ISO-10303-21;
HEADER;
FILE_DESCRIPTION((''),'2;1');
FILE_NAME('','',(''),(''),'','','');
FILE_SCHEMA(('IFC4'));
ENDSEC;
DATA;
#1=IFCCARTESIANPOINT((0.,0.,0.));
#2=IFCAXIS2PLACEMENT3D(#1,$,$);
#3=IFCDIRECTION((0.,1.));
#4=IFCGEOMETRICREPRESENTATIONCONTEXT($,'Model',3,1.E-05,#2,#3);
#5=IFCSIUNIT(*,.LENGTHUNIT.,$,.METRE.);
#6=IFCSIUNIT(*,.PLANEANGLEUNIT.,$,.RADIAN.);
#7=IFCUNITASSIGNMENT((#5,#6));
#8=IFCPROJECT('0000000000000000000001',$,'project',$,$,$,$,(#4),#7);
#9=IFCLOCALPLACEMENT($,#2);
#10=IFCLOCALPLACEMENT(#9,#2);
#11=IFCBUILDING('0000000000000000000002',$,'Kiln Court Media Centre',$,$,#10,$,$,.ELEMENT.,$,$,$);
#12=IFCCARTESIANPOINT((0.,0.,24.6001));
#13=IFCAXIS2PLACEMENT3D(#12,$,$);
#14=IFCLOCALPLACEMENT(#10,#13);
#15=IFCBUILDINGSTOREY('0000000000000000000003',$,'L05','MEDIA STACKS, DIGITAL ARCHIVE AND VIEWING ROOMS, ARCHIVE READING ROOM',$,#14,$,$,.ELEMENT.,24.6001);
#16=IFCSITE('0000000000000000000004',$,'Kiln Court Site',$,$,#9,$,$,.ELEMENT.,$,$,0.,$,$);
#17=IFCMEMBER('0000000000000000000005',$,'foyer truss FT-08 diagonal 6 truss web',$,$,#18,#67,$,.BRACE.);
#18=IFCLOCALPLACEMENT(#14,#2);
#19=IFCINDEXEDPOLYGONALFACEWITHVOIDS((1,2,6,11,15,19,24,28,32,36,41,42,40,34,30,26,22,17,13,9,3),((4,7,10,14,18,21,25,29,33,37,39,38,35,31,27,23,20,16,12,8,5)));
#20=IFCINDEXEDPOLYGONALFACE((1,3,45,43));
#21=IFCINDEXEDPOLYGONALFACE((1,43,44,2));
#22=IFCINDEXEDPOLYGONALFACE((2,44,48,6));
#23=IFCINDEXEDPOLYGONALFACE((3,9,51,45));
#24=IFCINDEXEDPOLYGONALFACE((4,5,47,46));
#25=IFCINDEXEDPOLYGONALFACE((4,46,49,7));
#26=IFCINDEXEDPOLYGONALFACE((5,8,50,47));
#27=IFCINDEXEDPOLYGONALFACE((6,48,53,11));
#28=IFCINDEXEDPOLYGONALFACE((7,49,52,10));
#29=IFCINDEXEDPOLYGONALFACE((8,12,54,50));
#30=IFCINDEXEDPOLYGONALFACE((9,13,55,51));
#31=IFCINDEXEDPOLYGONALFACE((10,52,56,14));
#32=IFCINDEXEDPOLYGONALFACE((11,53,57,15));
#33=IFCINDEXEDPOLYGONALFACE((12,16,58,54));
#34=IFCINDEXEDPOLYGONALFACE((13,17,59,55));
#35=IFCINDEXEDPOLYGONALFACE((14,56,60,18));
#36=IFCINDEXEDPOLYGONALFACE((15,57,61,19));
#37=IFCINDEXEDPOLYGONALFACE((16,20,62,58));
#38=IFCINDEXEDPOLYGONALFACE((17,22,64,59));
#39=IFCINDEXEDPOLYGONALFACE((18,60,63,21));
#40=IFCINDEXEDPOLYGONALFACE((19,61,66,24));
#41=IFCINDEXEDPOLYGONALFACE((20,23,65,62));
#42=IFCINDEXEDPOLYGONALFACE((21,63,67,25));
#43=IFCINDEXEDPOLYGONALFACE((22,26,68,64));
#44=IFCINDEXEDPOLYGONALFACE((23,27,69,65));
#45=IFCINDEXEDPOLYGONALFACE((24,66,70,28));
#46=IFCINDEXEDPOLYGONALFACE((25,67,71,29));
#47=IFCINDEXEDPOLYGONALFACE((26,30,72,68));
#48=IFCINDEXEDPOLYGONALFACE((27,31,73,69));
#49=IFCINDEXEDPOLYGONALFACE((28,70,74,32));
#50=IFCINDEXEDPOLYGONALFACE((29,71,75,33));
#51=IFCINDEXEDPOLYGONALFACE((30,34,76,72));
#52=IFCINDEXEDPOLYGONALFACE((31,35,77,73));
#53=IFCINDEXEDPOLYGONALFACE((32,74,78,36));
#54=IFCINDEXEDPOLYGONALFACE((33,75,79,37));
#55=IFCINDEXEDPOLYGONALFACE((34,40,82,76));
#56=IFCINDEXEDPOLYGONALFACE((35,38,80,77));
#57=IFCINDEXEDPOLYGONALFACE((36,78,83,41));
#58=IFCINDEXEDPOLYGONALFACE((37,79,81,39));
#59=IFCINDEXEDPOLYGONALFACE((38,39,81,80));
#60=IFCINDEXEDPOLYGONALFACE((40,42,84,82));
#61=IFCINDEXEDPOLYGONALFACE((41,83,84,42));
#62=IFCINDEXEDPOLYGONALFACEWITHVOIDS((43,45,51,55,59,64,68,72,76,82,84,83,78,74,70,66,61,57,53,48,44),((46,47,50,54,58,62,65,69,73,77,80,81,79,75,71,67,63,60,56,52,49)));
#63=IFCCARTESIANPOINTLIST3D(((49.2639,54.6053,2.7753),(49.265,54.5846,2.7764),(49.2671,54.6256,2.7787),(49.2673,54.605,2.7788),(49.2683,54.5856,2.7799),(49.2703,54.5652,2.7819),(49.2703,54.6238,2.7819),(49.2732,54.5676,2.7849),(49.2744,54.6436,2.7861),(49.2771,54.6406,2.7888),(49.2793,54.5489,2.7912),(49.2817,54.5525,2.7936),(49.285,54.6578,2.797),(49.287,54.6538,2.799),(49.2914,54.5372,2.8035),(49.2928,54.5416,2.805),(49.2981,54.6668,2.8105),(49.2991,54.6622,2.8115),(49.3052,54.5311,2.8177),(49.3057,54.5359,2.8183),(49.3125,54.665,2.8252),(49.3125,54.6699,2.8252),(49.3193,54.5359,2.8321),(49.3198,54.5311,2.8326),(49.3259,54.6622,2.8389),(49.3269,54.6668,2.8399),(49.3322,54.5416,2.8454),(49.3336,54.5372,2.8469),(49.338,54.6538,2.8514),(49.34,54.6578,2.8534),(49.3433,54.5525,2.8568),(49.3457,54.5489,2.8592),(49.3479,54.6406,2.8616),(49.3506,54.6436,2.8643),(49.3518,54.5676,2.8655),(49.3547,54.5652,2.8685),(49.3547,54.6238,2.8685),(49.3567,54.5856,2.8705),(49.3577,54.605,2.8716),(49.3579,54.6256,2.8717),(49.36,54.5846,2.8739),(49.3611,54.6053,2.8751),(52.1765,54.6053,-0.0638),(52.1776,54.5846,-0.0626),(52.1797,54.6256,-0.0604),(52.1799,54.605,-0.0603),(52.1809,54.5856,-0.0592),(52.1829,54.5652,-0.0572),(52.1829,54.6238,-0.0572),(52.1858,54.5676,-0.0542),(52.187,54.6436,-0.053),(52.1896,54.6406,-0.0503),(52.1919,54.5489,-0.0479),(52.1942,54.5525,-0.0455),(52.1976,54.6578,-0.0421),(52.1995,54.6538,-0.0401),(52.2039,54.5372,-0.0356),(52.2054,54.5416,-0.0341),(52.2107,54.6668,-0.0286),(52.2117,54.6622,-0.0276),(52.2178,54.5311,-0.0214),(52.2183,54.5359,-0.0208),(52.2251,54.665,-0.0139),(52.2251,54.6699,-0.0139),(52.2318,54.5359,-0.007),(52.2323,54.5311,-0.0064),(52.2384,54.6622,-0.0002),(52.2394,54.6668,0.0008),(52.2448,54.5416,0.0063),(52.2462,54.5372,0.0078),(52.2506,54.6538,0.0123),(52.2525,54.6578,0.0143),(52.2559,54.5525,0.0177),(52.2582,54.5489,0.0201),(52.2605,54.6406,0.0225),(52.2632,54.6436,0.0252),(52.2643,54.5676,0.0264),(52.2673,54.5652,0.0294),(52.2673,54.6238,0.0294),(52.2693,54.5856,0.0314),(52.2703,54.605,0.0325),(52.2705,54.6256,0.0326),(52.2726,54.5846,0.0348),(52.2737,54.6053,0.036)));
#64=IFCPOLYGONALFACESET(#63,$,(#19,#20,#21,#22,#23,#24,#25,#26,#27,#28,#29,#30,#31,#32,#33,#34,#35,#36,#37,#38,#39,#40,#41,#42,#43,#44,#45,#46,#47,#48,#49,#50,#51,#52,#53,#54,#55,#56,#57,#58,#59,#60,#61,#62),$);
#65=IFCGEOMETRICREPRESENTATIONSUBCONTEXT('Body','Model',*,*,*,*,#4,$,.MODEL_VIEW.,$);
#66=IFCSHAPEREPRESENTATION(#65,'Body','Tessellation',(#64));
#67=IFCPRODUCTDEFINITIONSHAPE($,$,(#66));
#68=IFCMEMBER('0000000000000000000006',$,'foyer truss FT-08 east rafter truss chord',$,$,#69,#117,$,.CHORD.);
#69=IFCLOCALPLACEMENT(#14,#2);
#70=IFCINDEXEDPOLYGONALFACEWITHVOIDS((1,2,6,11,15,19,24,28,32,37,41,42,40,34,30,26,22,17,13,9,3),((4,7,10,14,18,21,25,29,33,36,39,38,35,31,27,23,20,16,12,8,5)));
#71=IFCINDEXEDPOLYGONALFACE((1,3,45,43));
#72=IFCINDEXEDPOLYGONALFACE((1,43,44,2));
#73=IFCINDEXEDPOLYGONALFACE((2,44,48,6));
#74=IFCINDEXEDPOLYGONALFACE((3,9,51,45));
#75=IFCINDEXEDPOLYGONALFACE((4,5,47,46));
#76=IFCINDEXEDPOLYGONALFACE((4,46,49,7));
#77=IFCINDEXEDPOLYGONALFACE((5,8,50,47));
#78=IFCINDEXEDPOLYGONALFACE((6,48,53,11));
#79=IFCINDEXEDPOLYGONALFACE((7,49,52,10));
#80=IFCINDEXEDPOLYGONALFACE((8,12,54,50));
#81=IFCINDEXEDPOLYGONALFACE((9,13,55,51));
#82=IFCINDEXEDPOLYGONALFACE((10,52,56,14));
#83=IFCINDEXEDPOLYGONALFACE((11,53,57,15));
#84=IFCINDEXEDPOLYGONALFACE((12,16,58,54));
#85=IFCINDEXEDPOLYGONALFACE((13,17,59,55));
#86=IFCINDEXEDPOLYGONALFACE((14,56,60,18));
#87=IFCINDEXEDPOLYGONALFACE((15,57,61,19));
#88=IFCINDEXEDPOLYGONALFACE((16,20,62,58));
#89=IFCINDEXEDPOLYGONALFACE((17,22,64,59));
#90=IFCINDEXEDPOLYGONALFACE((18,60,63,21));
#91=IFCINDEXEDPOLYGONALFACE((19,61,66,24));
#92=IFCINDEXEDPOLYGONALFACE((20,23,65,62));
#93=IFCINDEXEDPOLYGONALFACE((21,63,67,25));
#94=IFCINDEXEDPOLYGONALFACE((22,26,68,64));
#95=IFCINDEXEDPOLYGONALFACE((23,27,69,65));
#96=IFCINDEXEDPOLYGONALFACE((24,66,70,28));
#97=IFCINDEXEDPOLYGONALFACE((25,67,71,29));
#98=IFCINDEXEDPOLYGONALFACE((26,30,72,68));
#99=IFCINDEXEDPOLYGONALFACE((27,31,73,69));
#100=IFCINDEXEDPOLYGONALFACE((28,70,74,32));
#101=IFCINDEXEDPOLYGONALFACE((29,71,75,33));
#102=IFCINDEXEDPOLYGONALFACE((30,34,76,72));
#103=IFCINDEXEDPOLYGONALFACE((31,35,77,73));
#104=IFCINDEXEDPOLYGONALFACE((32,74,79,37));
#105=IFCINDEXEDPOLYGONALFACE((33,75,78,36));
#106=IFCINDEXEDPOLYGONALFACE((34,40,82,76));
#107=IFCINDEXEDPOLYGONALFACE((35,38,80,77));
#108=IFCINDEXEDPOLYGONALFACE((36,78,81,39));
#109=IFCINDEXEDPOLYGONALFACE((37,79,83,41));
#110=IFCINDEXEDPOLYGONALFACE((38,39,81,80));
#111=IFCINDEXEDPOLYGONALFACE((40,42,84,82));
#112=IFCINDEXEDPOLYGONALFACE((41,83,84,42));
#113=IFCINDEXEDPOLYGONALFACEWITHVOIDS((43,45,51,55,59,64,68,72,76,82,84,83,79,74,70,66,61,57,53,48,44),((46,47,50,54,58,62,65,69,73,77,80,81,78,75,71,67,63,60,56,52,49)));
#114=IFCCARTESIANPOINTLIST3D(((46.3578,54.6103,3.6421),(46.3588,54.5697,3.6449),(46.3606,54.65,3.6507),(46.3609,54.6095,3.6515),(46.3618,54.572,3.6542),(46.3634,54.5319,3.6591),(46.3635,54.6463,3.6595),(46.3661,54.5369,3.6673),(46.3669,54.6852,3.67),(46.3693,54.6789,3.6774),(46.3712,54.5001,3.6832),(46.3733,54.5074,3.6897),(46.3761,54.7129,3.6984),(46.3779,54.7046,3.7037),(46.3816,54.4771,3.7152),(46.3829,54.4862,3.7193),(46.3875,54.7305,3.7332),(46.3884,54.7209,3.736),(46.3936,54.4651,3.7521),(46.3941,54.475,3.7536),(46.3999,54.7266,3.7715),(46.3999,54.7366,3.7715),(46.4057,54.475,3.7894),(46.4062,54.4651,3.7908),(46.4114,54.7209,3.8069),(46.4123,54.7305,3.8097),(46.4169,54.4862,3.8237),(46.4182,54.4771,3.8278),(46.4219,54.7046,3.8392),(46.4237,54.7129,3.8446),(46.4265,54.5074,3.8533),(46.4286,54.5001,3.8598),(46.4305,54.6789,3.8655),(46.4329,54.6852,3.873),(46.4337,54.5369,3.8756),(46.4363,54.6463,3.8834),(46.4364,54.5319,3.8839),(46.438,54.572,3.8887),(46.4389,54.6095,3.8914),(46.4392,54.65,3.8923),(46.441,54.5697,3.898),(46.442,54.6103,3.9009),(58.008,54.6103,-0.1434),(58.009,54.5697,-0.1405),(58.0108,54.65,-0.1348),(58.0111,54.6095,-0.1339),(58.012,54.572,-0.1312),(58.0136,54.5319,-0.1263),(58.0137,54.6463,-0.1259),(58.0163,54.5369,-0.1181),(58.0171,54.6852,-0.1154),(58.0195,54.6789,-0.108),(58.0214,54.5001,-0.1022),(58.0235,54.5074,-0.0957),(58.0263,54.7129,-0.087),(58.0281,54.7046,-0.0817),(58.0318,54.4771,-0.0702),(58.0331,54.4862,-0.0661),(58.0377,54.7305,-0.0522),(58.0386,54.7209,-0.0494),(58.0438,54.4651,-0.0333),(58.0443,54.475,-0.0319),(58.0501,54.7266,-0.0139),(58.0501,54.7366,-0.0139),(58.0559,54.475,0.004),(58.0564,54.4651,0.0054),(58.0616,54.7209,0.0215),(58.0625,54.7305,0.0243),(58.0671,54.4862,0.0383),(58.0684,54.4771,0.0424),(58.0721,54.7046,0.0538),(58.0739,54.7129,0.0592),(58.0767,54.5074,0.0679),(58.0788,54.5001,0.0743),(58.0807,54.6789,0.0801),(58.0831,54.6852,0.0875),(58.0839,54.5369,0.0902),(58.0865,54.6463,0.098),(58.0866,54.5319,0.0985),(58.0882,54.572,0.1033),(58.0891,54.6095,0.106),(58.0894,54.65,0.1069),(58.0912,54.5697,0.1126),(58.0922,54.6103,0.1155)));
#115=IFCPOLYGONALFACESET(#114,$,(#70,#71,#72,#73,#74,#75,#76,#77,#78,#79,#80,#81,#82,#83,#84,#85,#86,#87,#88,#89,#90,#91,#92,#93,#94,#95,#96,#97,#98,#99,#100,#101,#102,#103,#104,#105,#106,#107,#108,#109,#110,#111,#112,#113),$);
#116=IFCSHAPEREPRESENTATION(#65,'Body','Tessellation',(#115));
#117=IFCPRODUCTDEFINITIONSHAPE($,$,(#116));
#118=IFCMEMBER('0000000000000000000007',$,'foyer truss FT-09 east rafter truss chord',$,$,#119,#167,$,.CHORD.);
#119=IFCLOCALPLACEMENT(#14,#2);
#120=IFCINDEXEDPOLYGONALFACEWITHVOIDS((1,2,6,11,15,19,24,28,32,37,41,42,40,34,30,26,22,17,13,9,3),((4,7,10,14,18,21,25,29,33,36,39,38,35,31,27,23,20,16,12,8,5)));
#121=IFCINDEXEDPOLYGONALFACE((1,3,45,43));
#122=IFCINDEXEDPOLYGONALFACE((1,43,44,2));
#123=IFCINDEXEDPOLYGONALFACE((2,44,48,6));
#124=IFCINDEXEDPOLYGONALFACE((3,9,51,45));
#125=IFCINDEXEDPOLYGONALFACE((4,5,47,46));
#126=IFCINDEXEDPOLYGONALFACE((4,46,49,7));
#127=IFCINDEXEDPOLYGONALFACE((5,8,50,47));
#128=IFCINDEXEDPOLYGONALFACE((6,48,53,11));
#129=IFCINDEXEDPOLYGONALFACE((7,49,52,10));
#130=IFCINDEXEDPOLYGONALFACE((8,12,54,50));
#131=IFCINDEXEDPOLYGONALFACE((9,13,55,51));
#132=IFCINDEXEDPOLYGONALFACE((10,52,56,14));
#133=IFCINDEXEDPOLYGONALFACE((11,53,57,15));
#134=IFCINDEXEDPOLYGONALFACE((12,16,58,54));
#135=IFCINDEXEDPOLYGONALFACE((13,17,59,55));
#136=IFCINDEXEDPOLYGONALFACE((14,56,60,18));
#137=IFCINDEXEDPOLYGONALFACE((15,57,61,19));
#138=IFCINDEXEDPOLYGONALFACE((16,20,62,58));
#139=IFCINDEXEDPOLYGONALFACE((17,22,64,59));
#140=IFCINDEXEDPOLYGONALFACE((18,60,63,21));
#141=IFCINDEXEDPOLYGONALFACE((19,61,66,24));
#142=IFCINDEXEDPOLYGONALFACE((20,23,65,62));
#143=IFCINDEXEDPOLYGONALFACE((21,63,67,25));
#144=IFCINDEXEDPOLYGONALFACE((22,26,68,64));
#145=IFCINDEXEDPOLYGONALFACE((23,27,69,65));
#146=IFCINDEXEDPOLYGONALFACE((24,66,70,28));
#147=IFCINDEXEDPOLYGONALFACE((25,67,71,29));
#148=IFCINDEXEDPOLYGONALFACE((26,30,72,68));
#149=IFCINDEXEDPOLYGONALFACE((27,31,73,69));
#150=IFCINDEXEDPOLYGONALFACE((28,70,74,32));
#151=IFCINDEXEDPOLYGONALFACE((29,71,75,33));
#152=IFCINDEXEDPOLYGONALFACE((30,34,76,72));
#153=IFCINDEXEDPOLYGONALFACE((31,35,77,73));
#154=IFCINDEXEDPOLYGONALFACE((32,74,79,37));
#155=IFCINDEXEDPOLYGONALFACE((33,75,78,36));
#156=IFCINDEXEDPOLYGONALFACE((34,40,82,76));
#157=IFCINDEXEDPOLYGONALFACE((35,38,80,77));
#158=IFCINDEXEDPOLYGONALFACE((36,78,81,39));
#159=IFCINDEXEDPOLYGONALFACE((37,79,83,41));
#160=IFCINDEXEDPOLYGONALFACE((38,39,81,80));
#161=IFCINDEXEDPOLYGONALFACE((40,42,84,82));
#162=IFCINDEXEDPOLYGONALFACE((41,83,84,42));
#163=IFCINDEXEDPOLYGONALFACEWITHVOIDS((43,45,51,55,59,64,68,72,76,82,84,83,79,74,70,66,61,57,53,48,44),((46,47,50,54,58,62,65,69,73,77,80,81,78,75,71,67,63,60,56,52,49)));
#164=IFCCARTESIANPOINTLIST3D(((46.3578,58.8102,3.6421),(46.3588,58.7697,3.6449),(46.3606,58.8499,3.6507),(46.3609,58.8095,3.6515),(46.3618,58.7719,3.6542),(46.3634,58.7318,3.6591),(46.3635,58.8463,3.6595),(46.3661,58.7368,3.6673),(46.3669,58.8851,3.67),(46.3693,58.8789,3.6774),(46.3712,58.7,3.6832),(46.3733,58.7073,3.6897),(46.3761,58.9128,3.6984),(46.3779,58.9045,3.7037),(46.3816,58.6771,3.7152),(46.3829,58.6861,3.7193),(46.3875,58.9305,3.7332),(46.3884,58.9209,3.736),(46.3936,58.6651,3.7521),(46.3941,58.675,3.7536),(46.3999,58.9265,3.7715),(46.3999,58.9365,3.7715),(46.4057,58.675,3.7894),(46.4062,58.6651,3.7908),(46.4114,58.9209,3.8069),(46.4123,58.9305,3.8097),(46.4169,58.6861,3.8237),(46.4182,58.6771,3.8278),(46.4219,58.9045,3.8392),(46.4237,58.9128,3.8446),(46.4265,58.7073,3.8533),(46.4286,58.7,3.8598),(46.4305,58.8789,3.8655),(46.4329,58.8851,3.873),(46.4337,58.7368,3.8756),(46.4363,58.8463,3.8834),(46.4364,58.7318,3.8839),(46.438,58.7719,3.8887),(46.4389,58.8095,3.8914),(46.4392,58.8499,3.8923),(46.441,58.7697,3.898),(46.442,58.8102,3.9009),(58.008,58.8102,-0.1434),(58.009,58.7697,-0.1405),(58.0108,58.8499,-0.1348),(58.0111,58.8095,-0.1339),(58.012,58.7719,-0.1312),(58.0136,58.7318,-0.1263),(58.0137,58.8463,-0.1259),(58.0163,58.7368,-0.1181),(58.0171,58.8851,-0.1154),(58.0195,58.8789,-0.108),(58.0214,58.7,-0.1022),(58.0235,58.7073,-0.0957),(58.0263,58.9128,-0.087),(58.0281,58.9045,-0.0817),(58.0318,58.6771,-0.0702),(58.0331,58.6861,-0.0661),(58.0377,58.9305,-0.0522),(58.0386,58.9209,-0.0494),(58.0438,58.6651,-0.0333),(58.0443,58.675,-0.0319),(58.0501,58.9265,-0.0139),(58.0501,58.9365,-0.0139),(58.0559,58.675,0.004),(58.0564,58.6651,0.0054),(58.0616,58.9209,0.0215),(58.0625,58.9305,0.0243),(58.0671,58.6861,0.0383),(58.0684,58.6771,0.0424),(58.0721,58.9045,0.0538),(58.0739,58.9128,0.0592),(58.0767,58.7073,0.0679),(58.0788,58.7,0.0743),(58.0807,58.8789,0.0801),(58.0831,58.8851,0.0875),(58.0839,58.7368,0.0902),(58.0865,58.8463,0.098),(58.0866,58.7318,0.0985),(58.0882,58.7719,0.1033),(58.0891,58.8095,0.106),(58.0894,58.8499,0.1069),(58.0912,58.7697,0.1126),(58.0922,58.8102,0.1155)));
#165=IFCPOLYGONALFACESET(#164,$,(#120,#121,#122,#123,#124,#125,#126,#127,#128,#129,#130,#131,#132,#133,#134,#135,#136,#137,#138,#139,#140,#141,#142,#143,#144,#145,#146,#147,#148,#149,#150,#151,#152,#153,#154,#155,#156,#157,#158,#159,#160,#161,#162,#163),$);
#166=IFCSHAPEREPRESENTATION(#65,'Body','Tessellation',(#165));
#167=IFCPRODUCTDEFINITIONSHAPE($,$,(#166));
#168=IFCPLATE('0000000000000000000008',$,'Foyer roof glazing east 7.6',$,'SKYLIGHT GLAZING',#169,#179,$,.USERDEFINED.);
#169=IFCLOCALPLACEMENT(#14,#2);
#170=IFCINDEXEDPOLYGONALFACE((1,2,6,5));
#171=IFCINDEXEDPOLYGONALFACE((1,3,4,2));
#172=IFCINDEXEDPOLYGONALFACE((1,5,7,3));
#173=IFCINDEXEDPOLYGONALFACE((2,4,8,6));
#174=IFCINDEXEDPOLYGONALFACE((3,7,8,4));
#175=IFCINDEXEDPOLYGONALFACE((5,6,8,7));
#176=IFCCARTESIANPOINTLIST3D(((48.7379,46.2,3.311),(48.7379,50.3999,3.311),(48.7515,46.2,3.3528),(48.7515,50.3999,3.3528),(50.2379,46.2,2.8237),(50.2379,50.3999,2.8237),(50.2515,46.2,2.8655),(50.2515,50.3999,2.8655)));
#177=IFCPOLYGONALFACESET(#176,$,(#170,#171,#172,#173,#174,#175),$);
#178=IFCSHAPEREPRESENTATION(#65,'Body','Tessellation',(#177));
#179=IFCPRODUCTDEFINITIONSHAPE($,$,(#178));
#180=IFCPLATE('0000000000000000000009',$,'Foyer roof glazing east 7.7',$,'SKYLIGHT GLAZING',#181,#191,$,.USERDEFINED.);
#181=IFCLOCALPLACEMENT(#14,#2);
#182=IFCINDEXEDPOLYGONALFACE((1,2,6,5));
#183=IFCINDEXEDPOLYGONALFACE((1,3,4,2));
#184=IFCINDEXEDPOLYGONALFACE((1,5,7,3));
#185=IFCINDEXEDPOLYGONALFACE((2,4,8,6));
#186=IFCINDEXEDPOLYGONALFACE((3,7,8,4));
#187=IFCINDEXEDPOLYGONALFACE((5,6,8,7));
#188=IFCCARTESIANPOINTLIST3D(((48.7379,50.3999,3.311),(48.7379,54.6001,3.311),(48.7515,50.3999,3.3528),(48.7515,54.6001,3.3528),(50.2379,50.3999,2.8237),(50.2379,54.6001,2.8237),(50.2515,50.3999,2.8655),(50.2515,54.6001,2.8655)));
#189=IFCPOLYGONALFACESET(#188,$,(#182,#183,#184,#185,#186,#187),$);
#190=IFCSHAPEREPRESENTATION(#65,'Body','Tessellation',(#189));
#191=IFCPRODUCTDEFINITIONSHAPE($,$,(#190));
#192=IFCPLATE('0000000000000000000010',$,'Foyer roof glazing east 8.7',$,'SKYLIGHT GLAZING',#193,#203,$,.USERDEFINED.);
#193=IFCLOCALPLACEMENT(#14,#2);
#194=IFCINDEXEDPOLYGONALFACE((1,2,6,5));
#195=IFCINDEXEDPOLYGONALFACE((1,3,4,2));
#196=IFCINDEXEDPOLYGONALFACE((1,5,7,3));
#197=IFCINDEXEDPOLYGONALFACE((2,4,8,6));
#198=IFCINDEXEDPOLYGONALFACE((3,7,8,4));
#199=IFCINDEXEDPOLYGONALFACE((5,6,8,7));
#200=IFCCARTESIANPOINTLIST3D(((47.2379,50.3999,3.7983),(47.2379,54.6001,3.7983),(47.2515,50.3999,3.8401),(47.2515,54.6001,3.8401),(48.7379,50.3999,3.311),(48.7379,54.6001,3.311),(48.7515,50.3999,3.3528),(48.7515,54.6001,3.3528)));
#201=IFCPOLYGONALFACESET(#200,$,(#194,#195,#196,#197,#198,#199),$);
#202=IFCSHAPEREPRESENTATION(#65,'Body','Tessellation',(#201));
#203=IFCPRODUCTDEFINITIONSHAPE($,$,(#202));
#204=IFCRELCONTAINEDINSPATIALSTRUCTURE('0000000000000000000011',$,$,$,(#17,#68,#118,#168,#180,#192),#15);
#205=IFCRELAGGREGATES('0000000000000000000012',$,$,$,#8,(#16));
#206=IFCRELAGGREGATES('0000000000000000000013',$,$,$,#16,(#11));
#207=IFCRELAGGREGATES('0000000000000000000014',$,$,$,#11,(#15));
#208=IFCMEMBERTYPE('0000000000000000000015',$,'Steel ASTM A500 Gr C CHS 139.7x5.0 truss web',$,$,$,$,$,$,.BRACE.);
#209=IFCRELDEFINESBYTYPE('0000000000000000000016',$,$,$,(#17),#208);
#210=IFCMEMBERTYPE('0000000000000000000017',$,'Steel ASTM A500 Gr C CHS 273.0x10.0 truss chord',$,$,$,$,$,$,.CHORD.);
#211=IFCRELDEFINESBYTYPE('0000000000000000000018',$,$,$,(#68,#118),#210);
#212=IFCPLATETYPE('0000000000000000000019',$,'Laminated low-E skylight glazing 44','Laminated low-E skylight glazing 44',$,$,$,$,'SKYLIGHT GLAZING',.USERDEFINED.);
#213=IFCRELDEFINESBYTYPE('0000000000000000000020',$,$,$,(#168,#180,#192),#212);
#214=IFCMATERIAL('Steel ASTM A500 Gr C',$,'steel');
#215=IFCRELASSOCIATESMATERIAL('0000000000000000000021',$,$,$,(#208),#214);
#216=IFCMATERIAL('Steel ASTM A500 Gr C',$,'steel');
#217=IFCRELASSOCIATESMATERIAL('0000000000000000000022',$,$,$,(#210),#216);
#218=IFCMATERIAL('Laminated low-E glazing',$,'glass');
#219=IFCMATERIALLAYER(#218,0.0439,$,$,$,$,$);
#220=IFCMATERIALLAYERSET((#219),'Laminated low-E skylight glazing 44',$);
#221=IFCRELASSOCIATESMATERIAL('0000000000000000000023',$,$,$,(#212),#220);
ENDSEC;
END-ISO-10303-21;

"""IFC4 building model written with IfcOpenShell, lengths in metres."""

from ifc_helpers import new_model, si_unit, direction, frame, origin, origin_2d, place, context, subcontext, project, spatial, polyline, hollow_circle, outline, extrude, material, layer, layer_set, material_profile, profile_set, type_object, element, save


model = new_model("IFC4")

# Units and contexts
model_context = context("Model", 3, precision=1e-05, world=origin(), true_north=direction((0.0, 1.0)))
body_context = subcontext(model_context, "Body", "Model", "MODEL_VIEW")
ifc_project = project(units=[si_unit("LENGTHUNIT", "METRE"), si_unit("PLANEANGLEUNIT", "RADIAN")], contexts=[model_context])

# Site, building, storey
site_placement = place(None, origin())
site = spatial("IfcSite", under=ifc_project, at=site_placement, Name="Kiln Court Site", CompositionType="ELEMENT", RefElevation=0.0)
building_placement = place(site_placement, origin())
building = spatial("IfcBuilding", under=site, at=building_placement, Name="Kiln Court Media Centre", CompositionType="ELEMENT")
storey_placement = place(building_placement, frame((0.0, 0.0, 24.6001)))
storey = spatial("IfcBuildingStorey", under=building, at=storey_placement, Name="L05", Description="MEDIA STACKS, DIGITAL ARCHIVE AND VIEWING ROOMS, ARCHIVE READING ROOM", CompositionType="ELEMENT", Elevation=24.6001)

# Members
ifc_material_1 = material(Name="Steel ASTM A500 Gr C", Category="steel")
ifc_material_profile_1 = material_profile(ifc_material_1, hollow_circle(Radius=0.0698, WallThickness=0.0049, at=origin_2d()), Name="CHS 139.7x5.0")
ifc_profile_set_1 = profile_set([ifc_material_profile_1], Name="Steel ASTM A500 Gr C")
member_type_1 = type_object("IfcMemberType", Name="Steel ASTM A500 Gr C CHS 139.7x5.0 truss web", PredefinedType="BRACE", material=ifc_profile_set_1)
member_1_placement = place(storey_placement, frame((49.3125, 54.6001, 2.8252), z_axis=(0.716083, 0.0, -0.698016), x_axis=(0.0, 1.0, 0.0)))
element("IfcMember", 1, at=member_1_placement, inside=storey, type_object=member_type_1, Name="foyer truss FT-08 diagonal 6 truss web", PredefinedType="BRACE", context=body_context, shape_type="SweptSolid", body=[
    extrude(hollow_circle(Radius=0.0698, WallThickness=0.0049, at=origin_2d()), origin(), (0.0, 0.0, 1.0), 4.0674),
])
ifc_material_2 = material(Name="Steel ASTM A500 Gr C", Category="steel")
ifc_material_profile_2 = material_profile(ifc_material_2, hollow_circle(Radius=0.1365, WallThickness=0.01, at=origin_2d()), Name="CHS 273.0x10.0")
ifc_profile_set_2 = profile_set([ifc_material_profile_2], Name="Steel ASTM A500 Gr C")
member_type_2 = type_object("IfcMemberType", Name="Steel ASTM A500 Gr C CHS 273.0x10.0 truss chord", PredefinedType="CHORD", material=ifc_profile_set_2)
for number, where, z_axis, x_axis, name in (
    (2, (46.3999, 54.6001, 3.7715), (0.951056, 0.0, -0.30902), (0.0, 1.0, 0.0), "foyer truss FT-08 east rafter truss chord"),
    (3, (46.3999, 58.8, 3.7715), (0.951056, 0.0, -0.30902), (0.0, 1.0, 0.0), "foyer truss FT-09 east rafter truss chord"),
):
    element("IfcMember", number, at=place(storey_placement, frame(where, z_axis=z_axis, x_axis=x_axis)), inside=storey, type_object=member_type_2, Name=name, PredefinedType="CHORD", context=body_context, shape_type="SweptSolid", body=[
        extrude(hollow_circle(Radius=0.1365, WallThickness=0.01, at=origin_2d()), origin(), (0.0, 0.0, 1.0), 12.2498),
    ])

# Plates
ifc_material_3 = material(Name="Laminated low-E glazing", Category="glass")
ifc_layer_1 = layer(ifc_material_3, 0.0439)
ifc_layer_set_1 = layer_set([ifc_layer_1], Name="Laminated low-E skylight glazing 44")
plate_type_1 = type_object("IfcPlateType", Name="Laminated low-E skylight glazing 44", Description="Laminated low-E skylight glazing 44", ElementType="SKYLIGHT GLAZING", PredefinedType="USERDEFINED", material=ifc_layer_set_1)
plate_1_placement = place(storey_placement, frame((50.2515, 50.3999, 2.8655), z_axis=(0.308974, 0.0, 0.95107), x_axis=(-0.95107, 0.0, 0.308974)))
element("IfcPlate", 4, at=plate_1_placement, inside=storey, type_object=plate_type_1, Name="Foyer roof glazing east 7.6", ObjectType="SKYLIGHT GLAZING", PredefinedType="USERDEFINED", context=body_context, shape_type="SweptSolid", body=[
    extrude(outline(polyline([(0.0, 0.0), (1.5772, 0.0), (1.5772, 4.2), (0.0, 4.2), (0.0, 0.0)])), origin(), (0.0, 0.0, -1.0), 0.0439),
])
for number, where, z_axis, x_axis, name in (
    (5, (50.2515, 54.6001, 2.8655), (0.308974, 0.0, 0.95107), (-0.95107, 0.0, 0.308974), "Foyer roof glazing east 7.7"),
    (6, (48.7515, 54.6001, 3.3528), (0.308974, 0.0, 0.95107), (-0.95107, 0.0, 0.308974), "Foyer roof glazing east 8.7"),
):
    element("IfcPlate", number, at=place(storey_placement, frame(where, z_axis=z_axis, x_axis=x_axis)), inside=storey, type_object=plate_type_1, Name=name, ObjectType="SKYLIGHT GLAZING", PredefinedType="USERDEFINED", context=body_context, shape_type="SweptSolid", body=[
        extrude(outline(polyline([(0.0, 0.0), (1.5772, 0.0), (1.5772, 4.2002), (0.0, 4.2002), (0.0, 0.0)])), origin(), (0.0, 0.0, -1.0), 0.0439),
    ])

save(model, "model.ifc")
